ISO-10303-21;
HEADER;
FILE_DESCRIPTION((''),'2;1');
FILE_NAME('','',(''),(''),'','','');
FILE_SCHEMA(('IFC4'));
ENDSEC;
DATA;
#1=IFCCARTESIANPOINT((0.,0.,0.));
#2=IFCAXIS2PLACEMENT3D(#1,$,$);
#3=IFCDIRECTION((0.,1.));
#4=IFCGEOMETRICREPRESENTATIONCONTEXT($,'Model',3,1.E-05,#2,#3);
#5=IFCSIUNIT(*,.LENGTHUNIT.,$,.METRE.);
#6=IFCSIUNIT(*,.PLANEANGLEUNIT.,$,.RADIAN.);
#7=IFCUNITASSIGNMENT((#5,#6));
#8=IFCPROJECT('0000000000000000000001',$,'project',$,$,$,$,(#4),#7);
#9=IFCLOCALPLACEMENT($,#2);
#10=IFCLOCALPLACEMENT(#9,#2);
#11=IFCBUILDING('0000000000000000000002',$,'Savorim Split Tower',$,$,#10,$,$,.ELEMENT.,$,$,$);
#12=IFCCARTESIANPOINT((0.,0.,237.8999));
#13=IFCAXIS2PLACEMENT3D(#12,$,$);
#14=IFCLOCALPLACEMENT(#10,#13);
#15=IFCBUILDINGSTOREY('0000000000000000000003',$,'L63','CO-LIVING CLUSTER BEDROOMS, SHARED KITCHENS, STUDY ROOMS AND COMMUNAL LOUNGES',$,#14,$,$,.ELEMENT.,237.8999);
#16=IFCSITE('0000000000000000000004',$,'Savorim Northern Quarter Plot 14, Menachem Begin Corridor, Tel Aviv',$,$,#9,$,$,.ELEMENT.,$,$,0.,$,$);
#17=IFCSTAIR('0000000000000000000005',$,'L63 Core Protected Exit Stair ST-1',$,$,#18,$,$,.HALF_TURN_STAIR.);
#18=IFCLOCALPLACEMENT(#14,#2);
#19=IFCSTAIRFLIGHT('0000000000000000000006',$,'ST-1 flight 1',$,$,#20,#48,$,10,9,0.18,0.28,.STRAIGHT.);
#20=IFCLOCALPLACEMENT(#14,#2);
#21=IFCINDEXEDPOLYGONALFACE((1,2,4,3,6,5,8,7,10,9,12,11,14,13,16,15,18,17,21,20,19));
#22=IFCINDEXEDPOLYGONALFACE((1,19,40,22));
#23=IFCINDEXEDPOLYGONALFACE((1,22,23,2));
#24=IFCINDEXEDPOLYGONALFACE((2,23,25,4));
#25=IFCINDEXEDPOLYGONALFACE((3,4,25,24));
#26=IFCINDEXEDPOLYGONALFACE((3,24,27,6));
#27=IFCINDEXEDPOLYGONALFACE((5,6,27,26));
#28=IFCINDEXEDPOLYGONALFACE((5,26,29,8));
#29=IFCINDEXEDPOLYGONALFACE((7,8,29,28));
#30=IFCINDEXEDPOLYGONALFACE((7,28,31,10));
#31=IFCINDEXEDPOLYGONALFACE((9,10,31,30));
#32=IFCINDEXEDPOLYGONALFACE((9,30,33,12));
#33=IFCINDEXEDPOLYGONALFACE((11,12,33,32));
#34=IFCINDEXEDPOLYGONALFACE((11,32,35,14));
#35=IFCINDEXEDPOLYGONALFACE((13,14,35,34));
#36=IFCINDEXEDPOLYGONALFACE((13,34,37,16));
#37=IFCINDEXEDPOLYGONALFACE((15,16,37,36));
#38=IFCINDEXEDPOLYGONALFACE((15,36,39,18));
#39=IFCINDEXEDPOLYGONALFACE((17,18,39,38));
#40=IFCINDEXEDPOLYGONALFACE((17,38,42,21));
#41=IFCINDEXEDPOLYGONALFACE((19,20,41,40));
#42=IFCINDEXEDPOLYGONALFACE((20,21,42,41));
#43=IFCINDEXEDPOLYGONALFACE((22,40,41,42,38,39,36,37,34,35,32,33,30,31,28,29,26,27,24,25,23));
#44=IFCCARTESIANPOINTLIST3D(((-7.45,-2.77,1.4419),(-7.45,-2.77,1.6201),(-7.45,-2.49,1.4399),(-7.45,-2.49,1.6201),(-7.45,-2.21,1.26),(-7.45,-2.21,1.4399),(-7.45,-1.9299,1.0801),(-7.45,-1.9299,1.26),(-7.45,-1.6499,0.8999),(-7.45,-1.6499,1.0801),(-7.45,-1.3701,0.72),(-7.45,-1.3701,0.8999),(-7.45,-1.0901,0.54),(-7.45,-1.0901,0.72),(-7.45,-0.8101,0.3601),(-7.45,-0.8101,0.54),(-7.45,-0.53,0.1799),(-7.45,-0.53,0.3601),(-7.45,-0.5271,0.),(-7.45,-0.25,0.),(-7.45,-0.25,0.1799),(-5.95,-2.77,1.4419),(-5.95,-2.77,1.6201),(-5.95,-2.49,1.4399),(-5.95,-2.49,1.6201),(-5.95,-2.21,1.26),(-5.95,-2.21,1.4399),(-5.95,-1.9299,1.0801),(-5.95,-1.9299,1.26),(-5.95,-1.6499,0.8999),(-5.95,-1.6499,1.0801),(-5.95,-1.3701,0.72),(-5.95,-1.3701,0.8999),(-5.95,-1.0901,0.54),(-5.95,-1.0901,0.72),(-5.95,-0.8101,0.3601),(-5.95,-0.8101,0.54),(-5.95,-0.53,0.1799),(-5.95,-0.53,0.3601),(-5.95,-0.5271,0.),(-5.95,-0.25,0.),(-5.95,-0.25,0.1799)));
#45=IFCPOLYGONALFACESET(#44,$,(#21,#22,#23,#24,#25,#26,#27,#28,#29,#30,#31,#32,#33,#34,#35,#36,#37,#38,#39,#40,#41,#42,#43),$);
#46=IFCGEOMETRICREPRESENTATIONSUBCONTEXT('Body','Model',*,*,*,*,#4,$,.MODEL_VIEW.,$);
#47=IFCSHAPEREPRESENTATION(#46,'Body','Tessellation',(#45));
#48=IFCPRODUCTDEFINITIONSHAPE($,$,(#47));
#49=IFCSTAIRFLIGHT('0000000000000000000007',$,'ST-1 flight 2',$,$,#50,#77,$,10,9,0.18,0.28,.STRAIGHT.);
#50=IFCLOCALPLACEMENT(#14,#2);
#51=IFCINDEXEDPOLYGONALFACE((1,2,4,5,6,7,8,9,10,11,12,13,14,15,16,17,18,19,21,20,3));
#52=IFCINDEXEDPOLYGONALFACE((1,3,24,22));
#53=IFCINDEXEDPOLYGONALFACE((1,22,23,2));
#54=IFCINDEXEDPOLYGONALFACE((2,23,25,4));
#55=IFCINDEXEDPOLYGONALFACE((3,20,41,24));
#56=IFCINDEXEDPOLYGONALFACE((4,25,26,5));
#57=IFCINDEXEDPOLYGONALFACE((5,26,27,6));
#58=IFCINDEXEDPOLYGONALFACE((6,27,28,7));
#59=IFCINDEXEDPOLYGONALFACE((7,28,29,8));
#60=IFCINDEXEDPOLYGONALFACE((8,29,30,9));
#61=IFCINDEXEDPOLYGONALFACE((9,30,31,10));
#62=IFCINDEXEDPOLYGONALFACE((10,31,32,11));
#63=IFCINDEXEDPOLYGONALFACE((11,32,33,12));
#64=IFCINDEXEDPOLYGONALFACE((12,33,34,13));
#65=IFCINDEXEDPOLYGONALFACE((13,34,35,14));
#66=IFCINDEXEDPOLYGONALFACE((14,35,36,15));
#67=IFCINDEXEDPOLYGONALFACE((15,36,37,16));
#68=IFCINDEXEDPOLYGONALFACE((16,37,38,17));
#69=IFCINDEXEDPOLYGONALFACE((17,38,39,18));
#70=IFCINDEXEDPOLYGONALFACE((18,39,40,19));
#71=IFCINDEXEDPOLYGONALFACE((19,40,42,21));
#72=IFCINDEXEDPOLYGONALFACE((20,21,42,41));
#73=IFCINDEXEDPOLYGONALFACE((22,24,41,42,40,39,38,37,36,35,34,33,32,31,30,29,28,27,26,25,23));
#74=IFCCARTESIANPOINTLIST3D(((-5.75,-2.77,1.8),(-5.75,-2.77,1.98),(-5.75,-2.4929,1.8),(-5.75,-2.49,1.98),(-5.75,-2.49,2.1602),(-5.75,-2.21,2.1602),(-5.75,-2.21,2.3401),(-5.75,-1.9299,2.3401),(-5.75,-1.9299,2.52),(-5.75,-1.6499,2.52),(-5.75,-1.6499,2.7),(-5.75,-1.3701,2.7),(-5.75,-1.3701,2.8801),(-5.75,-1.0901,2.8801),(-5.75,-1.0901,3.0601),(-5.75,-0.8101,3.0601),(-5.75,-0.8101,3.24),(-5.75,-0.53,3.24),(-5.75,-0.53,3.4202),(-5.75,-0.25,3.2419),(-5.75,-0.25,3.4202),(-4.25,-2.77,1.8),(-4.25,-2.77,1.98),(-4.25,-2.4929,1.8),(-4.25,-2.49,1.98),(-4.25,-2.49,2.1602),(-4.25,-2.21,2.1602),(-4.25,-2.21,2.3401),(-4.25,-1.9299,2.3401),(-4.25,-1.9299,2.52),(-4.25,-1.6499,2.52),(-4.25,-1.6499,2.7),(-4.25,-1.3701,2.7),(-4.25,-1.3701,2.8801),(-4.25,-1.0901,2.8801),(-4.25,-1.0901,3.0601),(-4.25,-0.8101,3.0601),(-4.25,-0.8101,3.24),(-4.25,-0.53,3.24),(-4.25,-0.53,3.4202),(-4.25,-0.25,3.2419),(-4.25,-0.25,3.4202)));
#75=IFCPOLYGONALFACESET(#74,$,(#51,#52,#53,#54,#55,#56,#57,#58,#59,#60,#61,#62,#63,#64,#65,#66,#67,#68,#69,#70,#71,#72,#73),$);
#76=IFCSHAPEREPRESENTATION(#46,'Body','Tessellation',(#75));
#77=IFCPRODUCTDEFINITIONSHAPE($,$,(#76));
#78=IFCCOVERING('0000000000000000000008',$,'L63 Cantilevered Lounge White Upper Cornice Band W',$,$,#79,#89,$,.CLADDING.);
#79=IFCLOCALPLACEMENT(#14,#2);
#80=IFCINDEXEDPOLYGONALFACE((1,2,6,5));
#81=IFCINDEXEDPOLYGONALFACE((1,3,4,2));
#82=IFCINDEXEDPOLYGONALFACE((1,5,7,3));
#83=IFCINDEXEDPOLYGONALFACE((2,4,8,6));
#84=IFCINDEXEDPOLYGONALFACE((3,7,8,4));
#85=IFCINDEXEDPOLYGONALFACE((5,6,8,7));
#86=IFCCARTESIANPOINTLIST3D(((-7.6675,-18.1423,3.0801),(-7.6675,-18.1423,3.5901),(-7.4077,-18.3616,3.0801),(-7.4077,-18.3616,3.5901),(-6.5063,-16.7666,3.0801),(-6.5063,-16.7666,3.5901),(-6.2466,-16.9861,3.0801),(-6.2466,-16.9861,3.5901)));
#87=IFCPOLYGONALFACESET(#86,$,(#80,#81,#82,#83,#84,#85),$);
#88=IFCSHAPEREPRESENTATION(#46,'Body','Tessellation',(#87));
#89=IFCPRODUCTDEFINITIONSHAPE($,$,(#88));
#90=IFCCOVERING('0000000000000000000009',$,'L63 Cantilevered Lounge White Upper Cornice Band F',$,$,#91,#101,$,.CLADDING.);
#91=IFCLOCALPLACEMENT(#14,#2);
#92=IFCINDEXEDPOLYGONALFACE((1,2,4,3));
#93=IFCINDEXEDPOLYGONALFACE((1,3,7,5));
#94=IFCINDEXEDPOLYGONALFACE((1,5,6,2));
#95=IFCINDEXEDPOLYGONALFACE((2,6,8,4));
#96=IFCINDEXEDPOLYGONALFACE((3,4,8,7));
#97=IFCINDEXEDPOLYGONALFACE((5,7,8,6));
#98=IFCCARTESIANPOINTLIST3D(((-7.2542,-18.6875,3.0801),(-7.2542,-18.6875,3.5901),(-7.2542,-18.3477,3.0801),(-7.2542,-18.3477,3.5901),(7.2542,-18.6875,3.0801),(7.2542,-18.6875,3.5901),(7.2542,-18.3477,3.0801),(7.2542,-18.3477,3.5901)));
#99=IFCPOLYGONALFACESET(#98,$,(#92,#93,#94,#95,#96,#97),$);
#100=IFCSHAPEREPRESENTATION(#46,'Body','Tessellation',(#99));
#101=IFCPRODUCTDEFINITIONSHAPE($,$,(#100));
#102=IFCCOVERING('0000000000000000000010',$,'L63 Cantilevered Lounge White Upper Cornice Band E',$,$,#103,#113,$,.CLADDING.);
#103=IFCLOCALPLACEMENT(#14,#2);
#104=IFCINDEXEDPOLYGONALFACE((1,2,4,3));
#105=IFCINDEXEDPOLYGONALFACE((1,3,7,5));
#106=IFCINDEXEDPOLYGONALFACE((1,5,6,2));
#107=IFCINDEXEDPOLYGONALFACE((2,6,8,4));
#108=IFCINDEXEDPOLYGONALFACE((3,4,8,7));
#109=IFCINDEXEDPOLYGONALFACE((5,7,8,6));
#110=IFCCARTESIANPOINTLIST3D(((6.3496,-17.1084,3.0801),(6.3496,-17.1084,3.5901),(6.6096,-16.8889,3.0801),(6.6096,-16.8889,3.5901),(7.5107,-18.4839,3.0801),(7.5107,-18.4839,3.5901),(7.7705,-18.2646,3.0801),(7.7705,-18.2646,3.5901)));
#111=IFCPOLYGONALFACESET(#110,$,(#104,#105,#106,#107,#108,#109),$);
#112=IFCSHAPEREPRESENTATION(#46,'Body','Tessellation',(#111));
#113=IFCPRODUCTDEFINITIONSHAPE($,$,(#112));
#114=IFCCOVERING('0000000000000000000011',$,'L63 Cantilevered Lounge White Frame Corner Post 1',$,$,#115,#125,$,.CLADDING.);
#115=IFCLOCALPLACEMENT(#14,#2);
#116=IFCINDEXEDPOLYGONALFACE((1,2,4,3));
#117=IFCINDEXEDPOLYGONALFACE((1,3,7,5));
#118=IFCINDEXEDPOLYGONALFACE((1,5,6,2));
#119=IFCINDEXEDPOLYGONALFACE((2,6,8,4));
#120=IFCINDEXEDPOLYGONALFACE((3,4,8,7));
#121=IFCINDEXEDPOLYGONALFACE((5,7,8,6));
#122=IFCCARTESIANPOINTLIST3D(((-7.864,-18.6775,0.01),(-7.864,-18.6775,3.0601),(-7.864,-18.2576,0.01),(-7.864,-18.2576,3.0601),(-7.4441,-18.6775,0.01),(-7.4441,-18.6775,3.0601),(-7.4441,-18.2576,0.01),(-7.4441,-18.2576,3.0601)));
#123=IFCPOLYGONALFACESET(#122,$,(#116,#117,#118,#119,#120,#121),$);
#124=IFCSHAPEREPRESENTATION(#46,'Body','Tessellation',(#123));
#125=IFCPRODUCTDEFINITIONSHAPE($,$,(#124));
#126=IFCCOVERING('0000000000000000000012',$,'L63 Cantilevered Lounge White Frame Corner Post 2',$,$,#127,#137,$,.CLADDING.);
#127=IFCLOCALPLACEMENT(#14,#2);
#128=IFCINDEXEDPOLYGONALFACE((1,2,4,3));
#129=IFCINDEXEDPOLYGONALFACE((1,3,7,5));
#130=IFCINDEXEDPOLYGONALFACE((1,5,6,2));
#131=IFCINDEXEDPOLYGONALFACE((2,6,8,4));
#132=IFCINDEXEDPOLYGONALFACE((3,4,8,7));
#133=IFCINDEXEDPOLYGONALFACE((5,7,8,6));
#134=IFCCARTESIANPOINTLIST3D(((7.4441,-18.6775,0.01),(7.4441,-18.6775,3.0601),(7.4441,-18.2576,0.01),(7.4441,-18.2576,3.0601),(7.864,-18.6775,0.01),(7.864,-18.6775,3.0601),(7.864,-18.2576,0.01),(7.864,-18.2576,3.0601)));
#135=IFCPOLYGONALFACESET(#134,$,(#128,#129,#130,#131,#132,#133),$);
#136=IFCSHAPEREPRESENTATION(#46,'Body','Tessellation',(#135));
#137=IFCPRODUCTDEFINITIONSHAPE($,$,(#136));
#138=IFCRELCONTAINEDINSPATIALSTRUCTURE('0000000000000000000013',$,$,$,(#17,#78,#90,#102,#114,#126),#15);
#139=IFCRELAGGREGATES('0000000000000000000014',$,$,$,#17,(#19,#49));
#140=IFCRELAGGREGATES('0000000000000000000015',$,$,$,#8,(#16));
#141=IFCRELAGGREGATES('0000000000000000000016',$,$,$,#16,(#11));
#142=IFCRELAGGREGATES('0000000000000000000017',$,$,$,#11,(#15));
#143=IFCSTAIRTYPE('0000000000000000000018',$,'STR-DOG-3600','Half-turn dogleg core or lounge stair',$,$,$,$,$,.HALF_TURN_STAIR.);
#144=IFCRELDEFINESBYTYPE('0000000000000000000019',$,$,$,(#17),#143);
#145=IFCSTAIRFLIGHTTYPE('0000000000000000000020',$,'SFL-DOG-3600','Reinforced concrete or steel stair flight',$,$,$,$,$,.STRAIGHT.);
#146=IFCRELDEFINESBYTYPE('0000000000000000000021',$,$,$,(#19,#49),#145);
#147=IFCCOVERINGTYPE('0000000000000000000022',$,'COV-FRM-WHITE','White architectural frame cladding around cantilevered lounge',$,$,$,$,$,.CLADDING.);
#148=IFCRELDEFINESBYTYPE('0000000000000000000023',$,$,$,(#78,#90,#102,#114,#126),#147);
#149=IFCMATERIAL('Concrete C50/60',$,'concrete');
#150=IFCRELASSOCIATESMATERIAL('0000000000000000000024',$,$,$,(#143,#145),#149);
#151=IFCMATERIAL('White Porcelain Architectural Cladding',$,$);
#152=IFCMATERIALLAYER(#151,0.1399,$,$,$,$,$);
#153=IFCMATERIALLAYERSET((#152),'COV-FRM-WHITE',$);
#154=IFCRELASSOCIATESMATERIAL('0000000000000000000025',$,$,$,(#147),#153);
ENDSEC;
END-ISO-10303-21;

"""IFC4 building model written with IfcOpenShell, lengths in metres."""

from ifc_helpers import new_model, si_unit, direction, frame, origin, place, context, subcontext, project, spatial, polyline, outline, extrude, material, layer, layer_set, type_object, element, aggregate, save


model = new_model("IFC4")

# Units and contexts
model_context = context("Model", 3, precision=1e-05, world=origin(), true_north=direction((0.0, 1.0)))
body_context = subcontext(model_context, "Body", "Model", "MODEL_VIEW")
ifc_project = project(units=[si_unit("LENGTHUNIT", "METRE"), si_unit("PLANEANGLEUNIT", "RADIAN")], contexts=[model_context])

# Site, building, storey
site_placement = place(None, origin())
site = spatial("IfcSite", under=ifc_project, at=site_placement, Name="Savorim Northern Quarter Plot 14, Menachem Begin Corridor, Tel Aviv", CompositionType="ELEMENT", RefElevation=0.0)
building_placement = place(site_placement, origin())
building = spatial("IfcBuilding", under=site, at=building_placement, Name="Savorim Split Tower", CompositionType="ELEMENT")
storey_placement = place(building_placement, frame((0.0, 0.0, 237.8999)))
storey = spatial("IfcBuildingStorey", under=building, at=storey_placement, Name="L63", Description="CO-LIVING CLUSTER BEDROOMS, SHARED KITCHENS, STUDY ROOMS AND COMMUNAL LOUNGES", CompositionType="ELEMENT", Elevation=237.8999)

# Shared definitions
ifc_material_1 = material(Name="Concrete C50/60", Category="concrete")

# Stair, stair flights
stair_type = type_object("IfcStairType", Name="STR-DOG-3600", Description="Half-turn dogleg core or lounge stair", PredefinedType="HALF_TURN_STAIR", material=ifc_material_1)
stair_placement = place(storey_placement, origin())
stair = element("IfcStair", 1, at=stair_placement, inside=storey, type_object=stair_type, Name="L63 Core Protected Exit Stair ST-1", PredefinedType="HALF_TURN_STAIR")
stair_flight_type = type_object("IfcStairFlightType", Name="SFL-DOG-3600", Description="Reinforced concrete or steel stair flight", PredefinedType="STRAIGHT", material=ifc_material_1)
stair_flight_1_placement = place(storey_placement, frame((-6.7, -0.25, 0.0), z_axis=(0.0, 0.0, 1.0), x_axis=(0.0, -1.0, 0.0)))
stair_flight_1 = element("IfcStairFlight", 2, at=stair_flight_1_placement, type_object=stair_flight_type, Name="ST-1 flight 1", NumberOfRisers=10, NumberOfTreads=9, PredefinedType="STRAIGHT", RiserHeight=0.18, TreadLength=0.28, context=body_context, shape_type="SweptSolid", body=[
    extrude(outline(polyline([(0.0, 0.0), (0.0, 0.1799), (0.28, 0.1799), (0.28, 0.3601), (0.5601, 0.3601), (0.5601, 0.54), (0.8401, 0.54), (0.8401, 0.72), (1.1201, 0.72), (1.1201, 0.8999), (1.3999, 0.8999), (1.3999, 1.0801), (1.6799, 1.0801), (1.6799, 1.26), (1.96, 1.26), (1.96, 1.4399), (2.24, 1.4399), (2.24, 1.6201), (2.52, 1.6201), (2.52, 1.8), (2.52, 1.4419), (0.2771, 0.0), (0.0, 0.0)])), frame((0.0, 0.75, 0.0), z_axis=(0.0, -1.0, 0.0), x_axis=(1.0, 0.0, 0.0)), (0.0, 0.0, 1.0), 1.5),
])
stair_flight_2_placement = place(storey_placement, frame((-5.0, -2.77, 1.8), z_axis=(0.0, 0.0, 1.0), x_axis=(0.0, 1.0, 0.0)))
stair_flight_2 = element("IfcStairFlight", 3, at=stair_flight_2_placement, type_object=stair_flight_type, Name="ST-1 flight 2", NumberOfRisers=10, NumberOfTreads=9, PredefinedType="STRAIGHT", RiserHeight=0.18, TreadLength=0.28, context=body_context, shape_type="SweptSolid", body=[
    extrude(outline(polyline([(0.0, 0.0), (0.0, 0.1799), (0.28, 0.1799), (0.28, 0.3601), (0.5601, 0.3601), (0.5601, 0.54), (0.8401, 0.54), (0.8401, 0.72), (1.1201, 0.72), (1.1201, 0.8999), (1.3999, 0.8999), (1.3999, 1.0801), (1.6799, 1.0801), (1.6799, 1.26), (1.96, 1.26), (1.96, 1.4399), (2.24, 1.4399), (2.24, 1.6201), (2.52, 1.6201), (2.52, 1.8), (2.52, 1.4419), (0.2771, 0.0), (0.0, 0.0)])), frame((0.0, 0.75, 0.0), z_axis=(0.0, -1.0, 0.0), x_axis=(1.0, 0.0, 0.0)), (0.0, 0.0, 1.0), 1.5),
])
aggregate(stair, [stair_flight_1, stair_flight_2])

# Coverings
ifc_material_2 = material(Name="White Porcelain Architectural Cladding")
ifc_layer_1 = layer(ifc_material_2, 0.1399)
ifc_layer_set_1 = layer_set([ifc_layer_1], Name="COV-FRM-WHITE")
covering_type = type_object("IfcCoveringType", Name="COV-FRM-WHITE", Description="White architectural frame cladding around cantilevered lounge", PredefinedType="CLADDING", material=ifc_layer_set_1)
covering_1_placement = place(storey_placement, frame((0.0, 0.0, 3.0801)))
element("IfcCovering", 4, at=covering_1_placement, inside=storey, type_object=covering_type, Name="L63 Cantilevered Lounge White Upper Cornice Band W", PredefinedType="CLADDING", context=body_context, shape_type="SweptSolid", body=[
    extrude(outline(polyline([(-6.5063, -16.7666), (-7.6675, -18.1423), (-7.4077, -18.3616), (-6.2466, -16.9861), (-6.5063, -16.7666)])), origin(), (0.0, 0.0, 1.0), 0.51),
])
covering_2_placement = place(storey_placement, frame((0.0, 0.0, 3.0801)))
element("IfcCovering", 5, at=covering_2_placement, inside=storey, type_object=covering_type, Name="L63 Cantilevered Lounge White Upper Cornice Band F", PredefinedType="CLADDING", context=body_context, shape_type="SweptSolid", body=[
    extrude(outline(polyline([(-7.2542, -18.6875), (7.2542, -18.6875), (7.2542, -18.3477), (-7.2542, -18.3477), (-7.2542, -18.6875)])), origin(), (0.0, 0.0, 1.0), 0.51),
])
covering_3_placement = place(storey_placement, frame((0.0, 0.0, 3.0801)))
element("IfcCovering", 6, at=covering_3_placement, inside=storey, type_object=covering_type, Name="L63 Cantilevered Lounge White Upper Cornice Band E", PredefinedType="CLADDING", context=body_context, shape_type="SweptSolid", body=[
    extrude(outline(polyline([(7.7705, -18.2646), (6.6096, -16.8889), (6.3496, -17.1084), (7.5107, -18.4839), (7.7705, -18.2646)])), origin(), (0.0, 0.0, 1.0), 0.51),
])
covering_4_placement = place(storey_placement, frame((0.0, 0.0, 0.01)))
element("IfcCovering", 7, at=covering_4_placement, inside=storey, type_object=covering_type, Name="L63 Cantilevered Lounge White Frame Corner Post 1", PredefinedType="CLADDING", context=body_context, shape_type="SweptSolid", body=[
    extrude(outline(polyline([(-7.864, -18.6775), (-7.4441, -18.6775), (-7.4441, -18.2576), (-7.864, -18.2576), (-7.864, -18.6775)])), origin(), (0.0, 0.0, 1.0), 3.05),
])
covering_5_placement = place(storey_placement, frame((0.0, 0.0, 0.01)))
element("IfcCovering", 8, at=covering_5_placement, inside=storey, type_object=covering_type, Name="L63 Cantilevered Lounge White Frame Corner Post 2", PredefinedType="CLADDING", context=body_context, shape_type="SweptSolid", body=[
    extrude(outline(polyline([(7.4441, -18.6775), (7.864, -18.6775), (7.864, -18.2576), (7.4441, -18.2576), (7.4441, -18.6775)])), origin(), (0.0, 0.0, 1.0), 3.05),
])

save(model, "model.ifc")
